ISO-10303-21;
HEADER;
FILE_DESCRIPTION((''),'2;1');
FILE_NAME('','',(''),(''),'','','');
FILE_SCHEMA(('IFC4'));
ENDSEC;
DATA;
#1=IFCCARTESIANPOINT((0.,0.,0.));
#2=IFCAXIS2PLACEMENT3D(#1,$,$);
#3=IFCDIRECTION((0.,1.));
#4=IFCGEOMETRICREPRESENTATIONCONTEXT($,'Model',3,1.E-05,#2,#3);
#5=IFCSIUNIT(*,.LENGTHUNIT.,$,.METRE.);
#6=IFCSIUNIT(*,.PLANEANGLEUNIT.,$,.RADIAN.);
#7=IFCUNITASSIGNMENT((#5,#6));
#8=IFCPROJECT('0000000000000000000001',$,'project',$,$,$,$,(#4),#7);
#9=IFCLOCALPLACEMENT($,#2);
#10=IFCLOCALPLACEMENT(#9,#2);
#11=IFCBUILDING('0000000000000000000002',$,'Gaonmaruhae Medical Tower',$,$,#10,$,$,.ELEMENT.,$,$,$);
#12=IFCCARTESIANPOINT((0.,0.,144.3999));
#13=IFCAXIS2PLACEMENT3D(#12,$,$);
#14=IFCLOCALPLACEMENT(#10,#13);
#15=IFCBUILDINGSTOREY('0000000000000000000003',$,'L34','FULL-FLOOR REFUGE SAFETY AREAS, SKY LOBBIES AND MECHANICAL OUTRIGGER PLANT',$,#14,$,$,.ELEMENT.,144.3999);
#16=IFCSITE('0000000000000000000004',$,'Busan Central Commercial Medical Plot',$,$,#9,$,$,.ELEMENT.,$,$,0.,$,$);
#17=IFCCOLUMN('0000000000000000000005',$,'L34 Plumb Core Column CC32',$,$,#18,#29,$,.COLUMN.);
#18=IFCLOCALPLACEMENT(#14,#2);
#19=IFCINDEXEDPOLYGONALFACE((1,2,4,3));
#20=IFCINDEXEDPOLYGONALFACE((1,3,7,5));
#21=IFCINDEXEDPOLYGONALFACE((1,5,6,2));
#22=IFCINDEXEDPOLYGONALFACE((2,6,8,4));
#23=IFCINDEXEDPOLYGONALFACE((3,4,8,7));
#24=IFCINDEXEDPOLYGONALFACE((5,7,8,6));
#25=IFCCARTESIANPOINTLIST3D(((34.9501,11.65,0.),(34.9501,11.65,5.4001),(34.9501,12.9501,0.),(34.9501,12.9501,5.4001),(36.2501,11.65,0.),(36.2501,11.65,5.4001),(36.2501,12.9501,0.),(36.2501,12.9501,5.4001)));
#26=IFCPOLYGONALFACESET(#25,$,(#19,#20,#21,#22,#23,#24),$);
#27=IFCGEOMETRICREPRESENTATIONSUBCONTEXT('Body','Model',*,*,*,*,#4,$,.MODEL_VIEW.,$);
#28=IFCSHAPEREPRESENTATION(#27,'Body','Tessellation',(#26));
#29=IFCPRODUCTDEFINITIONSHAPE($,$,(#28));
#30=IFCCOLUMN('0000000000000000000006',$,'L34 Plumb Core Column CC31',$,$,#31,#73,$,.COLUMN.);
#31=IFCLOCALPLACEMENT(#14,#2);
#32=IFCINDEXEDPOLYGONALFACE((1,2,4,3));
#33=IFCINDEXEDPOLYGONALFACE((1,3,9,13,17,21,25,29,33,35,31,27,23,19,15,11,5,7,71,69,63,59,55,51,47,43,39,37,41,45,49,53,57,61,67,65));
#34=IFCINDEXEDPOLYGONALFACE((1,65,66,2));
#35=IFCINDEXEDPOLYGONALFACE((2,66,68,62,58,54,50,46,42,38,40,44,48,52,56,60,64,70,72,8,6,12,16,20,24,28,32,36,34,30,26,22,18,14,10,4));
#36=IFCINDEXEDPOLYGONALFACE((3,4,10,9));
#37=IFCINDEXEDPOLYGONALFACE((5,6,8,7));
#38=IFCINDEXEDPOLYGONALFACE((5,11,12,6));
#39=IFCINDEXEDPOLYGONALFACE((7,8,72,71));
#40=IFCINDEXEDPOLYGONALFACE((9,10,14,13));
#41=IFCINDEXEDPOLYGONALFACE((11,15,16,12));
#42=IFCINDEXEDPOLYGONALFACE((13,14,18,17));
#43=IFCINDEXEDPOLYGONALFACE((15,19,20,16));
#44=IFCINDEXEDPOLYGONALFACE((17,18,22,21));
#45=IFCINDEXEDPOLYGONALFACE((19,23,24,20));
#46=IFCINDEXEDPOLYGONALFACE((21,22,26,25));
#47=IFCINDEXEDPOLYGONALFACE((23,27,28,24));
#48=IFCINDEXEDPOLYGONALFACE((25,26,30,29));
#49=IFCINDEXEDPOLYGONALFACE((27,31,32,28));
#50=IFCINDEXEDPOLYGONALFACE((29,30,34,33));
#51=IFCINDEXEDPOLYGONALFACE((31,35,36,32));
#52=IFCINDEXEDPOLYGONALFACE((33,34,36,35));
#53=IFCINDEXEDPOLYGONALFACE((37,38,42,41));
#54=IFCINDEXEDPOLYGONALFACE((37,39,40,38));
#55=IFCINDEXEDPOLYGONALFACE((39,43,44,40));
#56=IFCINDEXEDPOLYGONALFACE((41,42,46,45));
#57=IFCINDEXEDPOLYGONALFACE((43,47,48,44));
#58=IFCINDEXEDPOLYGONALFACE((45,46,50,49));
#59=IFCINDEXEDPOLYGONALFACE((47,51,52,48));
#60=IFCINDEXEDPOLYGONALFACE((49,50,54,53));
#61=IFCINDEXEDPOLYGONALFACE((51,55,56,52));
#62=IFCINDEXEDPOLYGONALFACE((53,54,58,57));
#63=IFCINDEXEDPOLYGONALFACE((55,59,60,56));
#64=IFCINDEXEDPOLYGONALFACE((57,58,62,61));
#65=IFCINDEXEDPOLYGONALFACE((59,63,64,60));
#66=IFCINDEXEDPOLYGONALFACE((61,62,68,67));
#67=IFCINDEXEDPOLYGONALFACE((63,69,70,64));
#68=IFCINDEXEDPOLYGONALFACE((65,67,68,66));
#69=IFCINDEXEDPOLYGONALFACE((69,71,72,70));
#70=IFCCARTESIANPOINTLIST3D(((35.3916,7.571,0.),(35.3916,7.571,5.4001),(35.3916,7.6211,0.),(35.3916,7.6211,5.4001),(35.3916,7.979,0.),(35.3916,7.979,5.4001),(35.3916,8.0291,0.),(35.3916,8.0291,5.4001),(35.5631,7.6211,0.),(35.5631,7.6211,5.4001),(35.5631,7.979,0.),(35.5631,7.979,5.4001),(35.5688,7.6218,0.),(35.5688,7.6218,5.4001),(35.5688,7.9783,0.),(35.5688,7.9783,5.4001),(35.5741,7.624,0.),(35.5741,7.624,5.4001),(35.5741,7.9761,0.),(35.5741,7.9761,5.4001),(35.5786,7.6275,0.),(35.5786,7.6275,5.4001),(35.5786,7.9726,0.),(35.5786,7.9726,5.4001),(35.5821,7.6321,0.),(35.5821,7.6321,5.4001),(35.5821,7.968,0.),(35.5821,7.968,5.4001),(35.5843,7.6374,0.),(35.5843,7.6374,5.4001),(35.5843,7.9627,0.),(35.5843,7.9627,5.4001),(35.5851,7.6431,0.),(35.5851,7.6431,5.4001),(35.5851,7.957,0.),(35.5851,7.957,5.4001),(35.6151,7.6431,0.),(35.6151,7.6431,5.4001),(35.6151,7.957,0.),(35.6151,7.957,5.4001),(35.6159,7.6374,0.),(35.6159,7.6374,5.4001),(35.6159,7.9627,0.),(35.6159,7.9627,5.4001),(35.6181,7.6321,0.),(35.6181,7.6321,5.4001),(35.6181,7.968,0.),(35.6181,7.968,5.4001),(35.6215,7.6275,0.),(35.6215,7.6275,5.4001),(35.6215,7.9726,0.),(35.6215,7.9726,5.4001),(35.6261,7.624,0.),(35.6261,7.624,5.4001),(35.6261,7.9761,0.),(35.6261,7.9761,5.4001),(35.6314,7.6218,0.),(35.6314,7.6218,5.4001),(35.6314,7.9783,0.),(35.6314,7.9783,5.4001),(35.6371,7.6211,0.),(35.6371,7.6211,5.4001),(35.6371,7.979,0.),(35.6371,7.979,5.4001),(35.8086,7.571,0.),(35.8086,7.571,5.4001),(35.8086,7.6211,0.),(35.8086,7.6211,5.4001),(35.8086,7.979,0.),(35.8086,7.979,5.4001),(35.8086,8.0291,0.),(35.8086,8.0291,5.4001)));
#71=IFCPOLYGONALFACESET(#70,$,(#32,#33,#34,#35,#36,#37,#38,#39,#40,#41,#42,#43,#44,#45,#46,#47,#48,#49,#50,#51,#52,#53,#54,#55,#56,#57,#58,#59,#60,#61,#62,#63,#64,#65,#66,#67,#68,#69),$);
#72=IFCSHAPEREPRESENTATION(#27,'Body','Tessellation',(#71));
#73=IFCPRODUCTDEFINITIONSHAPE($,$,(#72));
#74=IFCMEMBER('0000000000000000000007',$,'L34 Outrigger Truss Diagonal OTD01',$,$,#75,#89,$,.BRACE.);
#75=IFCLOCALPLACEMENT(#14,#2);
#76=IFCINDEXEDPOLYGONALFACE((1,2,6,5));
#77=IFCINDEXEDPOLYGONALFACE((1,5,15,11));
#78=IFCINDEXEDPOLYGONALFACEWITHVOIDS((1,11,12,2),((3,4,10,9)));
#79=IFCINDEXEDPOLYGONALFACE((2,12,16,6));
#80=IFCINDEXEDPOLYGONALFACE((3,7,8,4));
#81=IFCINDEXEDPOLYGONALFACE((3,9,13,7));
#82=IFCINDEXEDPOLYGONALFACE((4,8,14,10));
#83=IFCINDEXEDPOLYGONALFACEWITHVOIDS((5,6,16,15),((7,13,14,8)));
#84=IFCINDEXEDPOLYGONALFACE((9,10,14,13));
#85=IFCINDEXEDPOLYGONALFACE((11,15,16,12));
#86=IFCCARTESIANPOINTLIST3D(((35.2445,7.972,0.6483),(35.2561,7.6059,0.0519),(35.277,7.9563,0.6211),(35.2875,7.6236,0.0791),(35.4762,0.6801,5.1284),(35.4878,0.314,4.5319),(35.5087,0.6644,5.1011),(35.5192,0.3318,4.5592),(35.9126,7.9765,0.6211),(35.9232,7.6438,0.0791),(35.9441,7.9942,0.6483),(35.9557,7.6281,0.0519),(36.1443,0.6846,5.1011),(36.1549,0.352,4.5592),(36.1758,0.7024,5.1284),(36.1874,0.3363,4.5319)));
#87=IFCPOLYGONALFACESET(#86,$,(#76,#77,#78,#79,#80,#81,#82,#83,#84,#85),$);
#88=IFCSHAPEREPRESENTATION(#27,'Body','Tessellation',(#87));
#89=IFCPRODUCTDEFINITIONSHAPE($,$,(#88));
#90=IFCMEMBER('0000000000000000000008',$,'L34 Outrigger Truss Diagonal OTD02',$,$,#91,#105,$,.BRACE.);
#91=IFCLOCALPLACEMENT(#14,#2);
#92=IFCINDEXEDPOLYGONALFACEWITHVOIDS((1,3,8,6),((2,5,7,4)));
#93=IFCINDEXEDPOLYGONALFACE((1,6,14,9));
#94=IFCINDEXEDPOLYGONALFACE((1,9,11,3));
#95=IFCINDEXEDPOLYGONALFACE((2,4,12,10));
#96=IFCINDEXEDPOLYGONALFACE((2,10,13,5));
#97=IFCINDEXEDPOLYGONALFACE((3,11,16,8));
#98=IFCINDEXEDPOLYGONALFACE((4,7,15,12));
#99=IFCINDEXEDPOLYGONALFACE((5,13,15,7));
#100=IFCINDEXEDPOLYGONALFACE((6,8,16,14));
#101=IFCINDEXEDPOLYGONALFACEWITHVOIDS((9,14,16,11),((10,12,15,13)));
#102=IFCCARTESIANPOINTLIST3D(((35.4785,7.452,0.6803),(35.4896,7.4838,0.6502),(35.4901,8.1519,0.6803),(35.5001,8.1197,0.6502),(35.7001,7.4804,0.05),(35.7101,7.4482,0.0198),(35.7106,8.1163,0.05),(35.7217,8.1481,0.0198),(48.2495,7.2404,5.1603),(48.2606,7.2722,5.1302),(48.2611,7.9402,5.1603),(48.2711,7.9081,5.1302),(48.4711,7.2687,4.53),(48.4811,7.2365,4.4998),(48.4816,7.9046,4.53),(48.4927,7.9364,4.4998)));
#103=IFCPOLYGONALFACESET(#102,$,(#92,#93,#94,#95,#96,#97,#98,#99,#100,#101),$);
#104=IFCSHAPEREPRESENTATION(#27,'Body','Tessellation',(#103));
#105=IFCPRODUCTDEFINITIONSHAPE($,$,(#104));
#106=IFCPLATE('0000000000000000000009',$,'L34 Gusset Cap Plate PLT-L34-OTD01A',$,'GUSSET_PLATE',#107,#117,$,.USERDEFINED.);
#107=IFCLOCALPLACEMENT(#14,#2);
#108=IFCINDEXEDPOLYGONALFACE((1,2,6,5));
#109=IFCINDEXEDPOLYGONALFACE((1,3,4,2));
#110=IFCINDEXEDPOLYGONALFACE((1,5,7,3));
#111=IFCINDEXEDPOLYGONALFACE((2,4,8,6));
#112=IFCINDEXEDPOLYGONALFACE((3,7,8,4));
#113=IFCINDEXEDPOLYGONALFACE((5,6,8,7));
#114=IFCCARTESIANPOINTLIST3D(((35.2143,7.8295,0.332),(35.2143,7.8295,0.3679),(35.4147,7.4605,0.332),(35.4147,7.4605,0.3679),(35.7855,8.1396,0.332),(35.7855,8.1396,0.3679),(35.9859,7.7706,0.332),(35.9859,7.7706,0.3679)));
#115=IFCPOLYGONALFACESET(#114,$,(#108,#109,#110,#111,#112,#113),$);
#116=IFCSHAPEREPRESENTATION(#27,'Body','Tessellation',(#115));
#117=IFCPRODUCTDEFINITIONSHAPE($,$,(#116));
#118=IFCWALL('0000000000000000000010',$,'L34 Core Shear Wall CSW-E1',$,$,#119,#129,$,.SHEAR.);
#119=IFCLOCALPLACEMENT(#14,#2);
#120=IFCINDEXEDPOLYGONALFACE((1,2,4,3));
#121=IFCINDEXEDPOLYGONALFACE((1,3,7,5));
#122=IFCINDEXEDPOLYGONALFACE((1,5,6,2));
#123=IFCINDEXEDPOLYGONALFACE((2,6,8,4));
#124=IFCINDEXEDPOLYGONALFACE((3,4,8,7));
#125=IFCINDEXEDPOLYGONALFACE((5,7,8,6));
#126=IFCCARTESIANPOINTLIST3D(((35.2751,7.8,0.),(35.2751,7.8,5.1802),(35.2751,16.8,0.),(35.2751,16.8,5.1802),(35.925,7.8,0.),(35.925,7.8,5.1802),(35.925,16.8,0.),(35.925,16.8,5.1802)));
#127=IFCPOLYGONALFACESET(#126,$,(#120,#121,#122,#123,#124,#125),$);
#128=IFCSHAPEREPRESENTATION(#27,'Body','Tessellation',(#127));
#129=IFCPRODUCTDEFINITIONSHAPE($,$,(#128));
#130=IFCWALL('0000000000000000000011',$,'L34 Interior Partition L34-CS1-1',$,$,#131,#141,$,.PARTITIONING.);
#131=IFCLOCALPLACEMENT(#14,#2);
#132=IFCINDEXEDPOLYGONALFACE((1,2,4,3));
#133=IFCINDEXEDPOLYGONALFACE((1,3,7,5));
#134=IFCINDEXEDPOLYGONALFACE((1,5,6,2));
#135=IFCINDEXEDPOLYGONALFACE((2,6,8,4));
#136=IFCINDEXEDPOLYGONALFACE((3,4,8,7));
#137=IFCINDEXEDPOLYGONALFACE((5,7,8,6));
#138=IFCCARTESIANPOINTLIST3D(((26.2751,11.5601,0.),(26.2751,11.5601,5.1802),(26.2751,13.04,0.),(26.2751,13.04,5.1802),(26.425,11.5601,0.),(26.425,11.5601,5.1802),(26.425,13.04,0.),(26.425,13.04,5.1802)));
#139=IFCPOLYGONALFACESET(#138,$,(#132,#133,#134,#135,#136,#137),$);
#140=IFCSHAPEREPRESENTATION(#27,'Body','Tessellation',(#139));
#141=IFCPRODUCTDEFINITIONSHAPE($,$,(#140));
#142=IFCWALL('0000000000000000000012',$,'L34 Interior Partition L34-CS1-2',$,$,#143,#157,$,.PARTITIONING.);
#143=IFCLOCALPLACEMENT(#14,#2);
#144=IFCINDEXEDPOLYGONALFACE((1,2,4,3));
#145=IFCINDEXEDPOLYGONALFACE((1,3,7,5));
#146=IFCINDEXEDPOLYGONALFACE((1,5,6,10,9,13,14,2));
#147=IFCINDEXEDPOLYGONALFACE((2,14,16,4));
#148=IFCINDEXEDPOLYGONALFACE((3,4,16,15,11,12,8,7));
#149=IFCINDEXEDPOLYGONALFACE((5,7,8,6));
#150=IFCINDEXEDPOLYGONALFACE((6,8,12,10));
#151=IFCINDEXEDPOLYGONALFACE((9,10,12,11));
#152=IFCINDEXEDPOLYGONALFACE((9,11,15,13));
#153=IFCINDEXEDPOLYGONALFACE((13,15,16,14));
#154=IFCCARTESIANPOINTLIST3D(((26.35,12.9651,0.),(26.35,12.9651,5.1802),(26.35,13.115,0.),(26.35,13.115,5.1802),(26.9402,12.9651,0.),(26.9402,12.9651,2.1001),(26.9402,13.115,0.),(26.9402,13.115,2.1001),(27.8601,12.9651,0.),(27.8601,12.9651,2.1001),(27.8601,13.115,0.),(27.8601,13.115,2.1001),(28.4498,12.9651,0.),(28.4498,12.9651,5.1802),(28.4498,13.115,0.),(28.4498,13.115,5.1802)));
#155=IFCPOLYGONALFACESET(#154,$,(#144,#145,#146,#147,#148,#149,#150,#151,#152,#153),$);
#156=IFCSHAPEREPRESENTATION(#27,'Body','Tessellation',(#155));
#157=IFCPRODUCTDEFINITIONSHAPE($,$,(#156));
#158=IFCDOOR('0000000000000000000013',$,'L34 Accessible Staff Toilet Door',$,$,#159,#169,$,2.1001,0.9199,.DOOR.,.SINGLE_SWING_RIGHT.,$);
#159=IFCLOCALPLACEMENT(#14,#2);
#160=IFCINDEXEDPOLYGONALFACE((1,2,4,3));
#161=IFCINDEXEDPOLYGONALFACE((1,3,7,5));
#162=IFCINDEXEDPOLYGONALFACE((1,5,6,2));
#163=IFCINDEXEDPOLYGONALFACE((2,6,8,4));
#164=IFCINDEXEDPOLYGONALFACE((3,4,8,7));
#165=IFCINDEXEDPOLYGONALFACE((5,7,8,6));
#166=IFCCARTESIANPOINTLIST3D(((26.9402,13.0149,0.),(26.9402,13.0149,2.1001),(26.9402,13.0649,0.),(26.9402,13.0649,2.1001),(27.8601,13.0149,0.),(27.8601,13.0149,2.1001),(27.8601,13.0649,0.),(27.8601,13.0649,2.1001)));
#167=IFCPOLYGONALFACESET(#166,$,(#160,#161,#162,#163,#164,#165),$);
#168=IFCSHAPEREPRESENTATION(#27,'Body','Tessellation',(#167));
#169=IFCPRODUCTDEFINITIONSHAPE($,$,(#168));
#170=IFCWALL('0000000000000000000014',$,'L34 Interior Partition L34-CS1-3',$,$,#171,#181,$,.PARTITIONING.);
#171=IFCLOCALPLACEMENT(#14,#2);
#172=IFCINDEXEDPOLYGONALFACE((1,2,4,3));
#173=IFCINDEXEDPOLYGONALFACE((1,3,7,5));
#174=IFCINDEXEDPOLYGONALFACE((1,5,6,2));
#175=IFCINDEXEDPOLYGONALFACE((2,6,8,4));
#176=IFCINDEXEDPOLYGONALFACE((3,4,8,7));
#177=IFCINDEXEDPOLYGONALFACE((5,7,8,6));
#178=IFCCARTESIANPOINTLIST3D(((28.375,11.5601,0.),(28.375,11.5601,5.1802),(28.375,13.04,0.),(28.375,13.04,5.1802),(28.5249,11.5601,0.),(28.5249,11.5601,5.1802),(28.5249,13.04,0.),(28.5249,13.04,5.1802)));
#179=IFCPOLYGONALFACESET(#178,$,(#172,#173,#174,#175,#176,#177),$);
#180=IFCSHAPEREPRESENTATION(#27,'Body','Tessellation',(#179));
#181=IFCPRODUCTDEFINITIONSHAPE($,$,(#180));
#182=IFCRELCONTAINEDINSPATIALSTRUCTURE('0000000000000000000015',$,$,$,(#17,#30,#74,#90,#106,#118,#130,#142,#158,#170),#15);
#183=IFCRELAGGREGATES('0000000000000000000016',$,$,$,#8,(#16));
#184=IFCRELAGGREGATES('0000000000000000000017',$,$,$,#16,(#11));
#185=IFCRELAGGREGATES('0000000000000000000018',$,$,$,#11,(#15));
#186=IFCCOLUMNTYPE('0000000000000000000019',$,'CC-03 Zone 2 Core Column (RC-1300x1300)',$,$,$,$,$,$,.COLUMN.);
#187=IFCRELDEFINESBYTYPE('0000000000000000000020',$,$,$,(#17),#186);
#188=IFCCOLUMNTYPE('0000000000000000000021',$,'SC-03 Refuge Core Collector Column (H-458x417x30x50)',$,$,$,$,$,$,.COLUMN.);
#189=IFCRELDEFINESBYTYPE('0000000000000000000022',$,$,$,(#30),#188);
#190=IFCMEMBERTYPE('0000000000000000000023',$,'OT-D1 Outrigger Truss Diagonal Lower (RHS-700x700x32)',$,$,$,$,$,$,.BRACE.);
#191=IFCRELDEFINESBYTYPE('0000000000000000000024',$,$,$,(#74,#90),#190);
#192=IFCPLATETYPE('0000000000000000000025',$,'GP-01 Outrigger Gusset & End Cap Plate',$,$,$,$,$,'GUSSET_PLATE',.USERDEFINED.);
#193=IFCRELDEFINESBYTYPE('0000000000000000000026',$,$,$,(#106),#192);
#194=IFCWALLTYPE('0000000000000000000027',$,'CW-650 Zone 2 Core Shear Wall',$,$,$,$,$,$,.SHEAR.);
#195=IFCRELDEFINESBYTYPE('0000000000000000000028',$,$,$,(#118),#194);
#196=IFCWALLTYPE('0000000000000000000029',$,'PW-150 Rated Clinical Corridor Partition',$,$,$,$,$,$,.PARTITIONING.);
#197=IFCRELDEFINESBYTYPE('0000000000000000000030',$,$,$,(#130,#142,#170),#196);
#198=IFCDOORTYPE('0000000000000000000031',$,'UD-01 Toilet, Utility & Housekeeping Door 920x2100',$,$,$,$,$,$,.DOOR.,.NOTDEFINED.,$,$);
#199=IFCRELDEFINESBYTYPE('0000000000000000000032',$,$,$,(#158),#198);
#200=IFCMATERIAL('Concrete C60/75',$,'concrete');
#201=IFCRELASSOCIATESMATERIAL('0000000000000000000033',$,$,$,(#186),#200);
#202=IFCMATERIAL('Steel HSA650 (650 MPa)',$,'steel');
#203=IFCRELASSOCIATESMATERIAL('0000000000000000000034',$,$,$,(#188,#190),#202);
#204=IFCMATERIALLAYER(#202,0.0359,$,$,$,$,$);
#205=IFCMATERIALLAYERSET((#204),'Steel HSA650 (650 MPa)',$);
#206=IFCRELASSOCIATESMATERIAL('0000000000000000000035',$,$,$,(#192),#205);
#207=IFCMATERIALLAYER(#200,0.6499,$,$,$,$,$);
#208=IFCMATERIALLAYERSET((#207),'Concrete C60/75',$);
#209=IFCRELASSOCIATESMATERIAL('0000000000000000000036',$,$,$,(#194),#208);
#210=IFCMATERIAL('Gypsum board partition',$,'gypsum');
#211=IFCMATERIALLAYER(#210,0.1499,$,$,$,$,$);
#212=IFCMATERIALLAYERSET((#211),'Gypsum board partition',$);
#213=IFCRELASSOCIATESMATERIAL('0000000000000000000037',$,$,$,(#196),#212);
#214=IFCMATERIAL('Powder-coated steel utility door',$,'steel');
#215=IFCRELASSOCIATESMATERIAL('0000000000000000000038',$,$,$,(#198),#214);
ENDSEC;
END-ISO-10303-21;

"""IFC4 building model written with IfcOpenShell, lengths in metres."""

from ifc_helpers import new_model, si_unit, direction, frame, frame_2d, origin, origin_2d, place, context, subcontext, project, spatial, rectangle, hollow_rectangle, i_section, extrude, material, layer, layer_set, material_profile, profile_set, type_object, element, fill, save


model = new_model("IFC4")

# Units and contexts
model_context = context("Model", 3, precision=1e-05, world=origin(), true_north=direction((0.0, 1.0)))
body_context = subcontext(model_context, "Body", "Model", "MODEL_VIEW")
ifc_project = project(units=[si_unit("LENGTHUNIT", "METRE"), si_unit("PLANEANGLEUNIT", "RADIAN")], contexts=[model_context])

# Site, building, storey
site_placement = place(None, origin())
site = spatial("IfcSite", under=ifc_project, at=site_placement, Name="Busan Central Commercial Medical Plot", CompositionType="ELEMENT", RefElevation=0.0)
building_placement = place(site_placement, origin())
building = spatial("IfcBuilding", under=site, at=building_placement, Name="Gaonmaruhae Medical Tower", CompositionType="ELEMENT")
storey_placement = place(building_placement, frame((0.0, 0.0, 144.3999)))
storey = spatial("IfcBuildingStorey", under=building, at=storey_placement, Name="L34", Description="FULL-FLOOR REFUGE SAFETY AREAS, SKY LOBBIES AND MECHANICAL OUTRIGGER PLANT", CompositionType="ELEMENT", Elevation=144.3999)

# Columns
ifc_material_1 = material(Name="Concrete C60/75", Category="concrete")
ifc_material_profile_1 = material_profile(ifc_material_1, rectangle(XDim=1.3, YDim=1.3, at=origin_2d()), Name="RC-1300x1300")
ifc_profile_set_1 = profile_set([ifc_material_profile_1], Name="Concrete C60/75")
column_type_1 = type_object("IfcColumnType", Name="CC-03 Zone 2 Core Column (RC-1300x1300)", PredefinedType="COLUMN", material=ifc_profile_set_1)
column_1_placement = place(storey_placement, frame((35.6001, 12.3, 0.0), z_axis=(0.0, 0.0, 1.0), x_axis=(1.0, 0.0, 0.0)))
element("IfcColumn", 1, at=column_1_placement, inside=storey, type_object=column_type_1, Name="L34 Plumb Core Column CC32", PredefinedType="COLUMN", context=body_context, shape_type="SweptSolid", body=[
    extrude(rectangle(XDim=1.3, YDim=1.3, at=origin_2d()), origin(), (0.0, 0.0, 1.0), 5.4001),
])
ifc_material_2 = material(Name="Steel HSA650 (650 MPa)", Category="steel")
ifc_material_profile_2 = material_profile(ifc_material_2, i_section(OverallWidth=0.417, OverallDepth=0.458, WebThickness=0.03, FlangeThickness=0.05, FilletRadius=0.022, at=origin_2d()), Name="H-458x417x30x50")
ifc_profile_set_2 = profile_set([ifc_material_profile_2], Name="Steel HSA650 (650 MPa)")
column_type_2 = type_object("IfcColumnType", Name="SC-03 Refuge Core Collector Column (H-458x417x30x50)", PredefinedType="COLUMN", material=ifc_profile_set_2)
column_2_placement = place(storey_placement, frame((35.6001, 7.8, 0.0), z_axis=(0.0, 0.0, 1.0), x_axis=(1.0, 0.0, 0.0)))
element("IfcColumn", 2, at=column_2_placement, inside=storey, type_object=column_type_2, Name="L34 Plumb Core Column CC31", PredefinedType="COLUMN", context=body_context, shape_type="SweptSolid", body=[
    extrude(i_section(OverallWidth=0.417, OverallDepth=0.458, WebThickness=0.03, FlangeThickness=0.05, FilletRadius=0.022, at=origin_2d()), origin(), (0.0, 0.0, 1.0), 5.4001),
])

# Members
ifc_material_profile_3 = material_profile(ifc_material_2, hollow_rectangle(XDim=0.7, YDim=0.7, WallThickness=0.032, at=origin_2d()), Name="RHS-700x700x32")
ifc_profile_set_3 = profile_set([ifc_material_profile_3], Name="Steel HSA650 (650 MPa)")
member_type = type_object("IfcMemberType", Name="OT-D1 Outrigger Truss Diagonal Lower (RHS-700x700x32)", PredefinedType="BRACE", material=ifc_profile_set_3)
member_1_placement = place(storey_placement, frame((35.6001, 7.8, 0.3501), z_axis=(0.027063, -0.851724, 0.523291), x_axis=(0.999496, 0.031758, 0.0)))
element("IfcMember", 3, at=member_1_placement, inside=storey, type_object=member_type, Name="L34 Outrigger Truss Diagonal OTD01", PredefinedType="BRACE", context=body_context, shape_type="SweptSolid", body=[
    extrude(hollow_rectangle(XDim=0.7, YDim=0.7, WallThickness=0.032, at=origin_2d()), origin(), (0.0, 0.0, 1.0), 8.5613),
])
member_2_placement = place(storey_placement, frame((35.6001, 7.8, 0.3501), z_axis=(0.943509, -0.015638, 0.330977), x_axis=(0.016572, 0.999863, 0.0)))
element("IfcMember", 4, at=member_2_placement, inside=storey, type_object=member_type, Name="L34 Outrigger Truss Diagonal OTD02", PredefinedType="BRACE", context=body_context, shape_type="SweptSolid", body=[
    extrude(hollow_rectangle(XDim=0.7, YDim=0.7, WallThickness=0.032, at=origin_2d()), origin(), (0.0, 0.0, 1.0), 13.5356),
])

# Plate
ifc_layer_1 = layer(ifc_material_2, 0.0359)
ifc_layer_set_1 = layer_set([ifc_layer_1], Name="Steel HSA650 (650 MPa)")
plate_type = type_object("IfcPlateType", Name="GP-01 Outrigger Gusset & End Cap Plate", ElementType="GUSSET_PLATE", PredefinedType="USERDEFINED", material=ifc_layer_set_1)
plate_placement = place(storey_placement, frame((35.6001, 7.8, 0.332), z_axis=(0.0, 0.0, 1.0), x_axis=(0.878817, 0.477159, 0.0)))
element("IfcPlate", 5, at=plate_placement, inside=storey, type_object=plate_type, Name="L34 Gusset Cap Plate PLT-L34-OTD01A", ObjectType="GUSSET_PLATE", PredefinedType="USERDEFINED", context=body_context, shape_type="SweptSolid", body=[
    extrude(rectangle(XDim=0.6499, YDim=0.4199, at=origin_2d()), origin(), (0.0, 0.0, 1.0), 0.0359),
])

# Walls
ifc_layer_2 = layer(ifc_material_1, 0.6499)
ifc_layer_set_2 = layer_set([ifc_layer_2], Name="Concrete C60/75")
wall_type_1 = type_object("IfcWallType", Name="CW-650 Zone 2 Core Shear Wall", PredefinedType="SHEAR", material=ifc_layer_set_2)
wall_1_placement = place(storey_placement, frame((35.6001, 7.8, 0.0), z_axis=(0.0, 0.0, 1.0), x_axis=(0.0, 1.0, 0.0)))
element("IfcWall", 6, at=wall_1_placement, inside=storey, type_object=wall_type_1, Name="L34 Core Shear Wall CSW-E1", PredefinedType="SHEAR", context=body_context, shape_type="SweptSolid", body=[
    extrude(rectangle(XDim=9.0, YDim=0.6499, at=frame_2d((4.5, 0.0))), origin(), (0.0, 0.0, 1.0), 5.1802),
])
ifc_material_3 = material(Name="Gypsum board partition", Category="gypsum")
ifc_layer_3 = layer(ifc_material_3, 0.1499)
ifc_layer_set_3 = layer_set([ifc_layer_3], Name="Gypsum board partition")
wall_type_2 = type_object("IfcWallType", Name="PW-150 Rated Clinical Corridor Partition", PredefinedType="PARTITIONING", material=ifc_layer_set_3)
wall_2_placement = place(storey_placement, frame((26.3501, 11.5601, 0.0), z_axis=(0.0, 0.0, 1.0), x_axis=(0.0, 1.0, 0.0)))
element("IfcWall", 7, at=wall_2_placement, inside=storey, type_object=wall_type_2, Name="L34 Interior Partition L34-CS1-1", PredefinedType="PARTITIONING", context=body_context, shape_type="SweptSolid", body=[
    extrude(rectangle(XDim=1.48, YDim=0.1499, at=frame_2d((0.74, 0.0))), origin(), (0.0, 0.0, 1.0), 5.1802),
])

# Wall, opening, door
wall_3_placement = place(storey_placement, frame((26.3501, 13.04, 0.0), z_axis=(0.0, 0.0, 1.0), x_axis=(1.0, 0.0, 0.0)))
wall_3 = element("IfcWall", 8, at=wall_3_placement, inside=storey, type_object=wall_type_2, Name="L34 Interior Partition L34-CS1-2", PredefinedType="PARTITIONING", context=body_context, shape_type="SweptSolid", body=[
    extrude(rectangle(XDim=2.0999, YDim=0.1499, at=frame_2d((1.0498, 0.0))), origin(), (0.0, 0.0, 1.0), 5.1802),
])
opening_1_placement = place(wall_3_placement, frame((0.5901, 0.0, 0.0)))
opening_1 = element("IfcOpeningElement", 9, at=opening_1_placement, cuts=wall_3, PredefinedType="OPENING", context=body_context, shape_type="SweptSolid", body=[
    extrude(rectangle(XDim=0.9199, YDim=2.1001, at=frame_2d((0.46, 1.05))), frame((0.0, 0.085, 0.0), z_axis=(0.0, -1.0, 0.0), x_axis=(1.0, 0.0, 0.0)), (0.0, 0.0, 1.0), 0.1699),
])
ifc_material_4 = material(Name="Powder-coated steel utility door", Category="steel")
door_type_1 = type_object("IfcDoorType", Name="UD-01 Toilet, Utility & Housekeeping Door 920x2100", OperationType="NOTDEFINED", PredefinedType="DOOR", material=ifc_material_4)
door_1_placement = place(opening_1_placement, origin())
door_1 = element("IfcDoor", 10, at=door_1_placement, inside=storey, type_object=door_type_1, Name="L34 Accessible Staff Toilet Door", OperationType="SINGLE_SWING_RIGHT", OverallHeight=2.1001, OverallWidth=0.9199, PredefinedType="DOOR", context=body_context, shape_type="SweptSolid", body=[
    extrude(rectangle(XDim=0.9199, YDim=2.1001, at=frame_2d((0.46, 1.05))), frame((0.0, 0.0249, 0.0), z_axis=(0.0, -1.0, 0.0), x_axis=(1.0, 0.0, 0.0)), (0.0, 0.0, 1.0), 0.05),
])
fill(opening_1, door_1)

# Wall
wall_4_placement = place(storey_placement, frame((28.45, 13.04, 0.0), z_axis=(0.0, 0.0, 1.0), x_axis=(0.0, -1.0, 0.0)))
element("IfcWall", 11, at=wall_4_placement, inside=storey, type_object=wall_type_2, Name="L34 Interior Partition L34-CS1-3", PredefinedType="PARTITIONING", context=body_context, shape_type="SweptSolid", body=[
    extrude(rectangle(XDim=1.48, YDim=0.1499, at=frame_2d((0.74, 0.0))), origin(), (0.0, 0.0, 1.0), 5.1802),
])

save(model, "model.ifc")
